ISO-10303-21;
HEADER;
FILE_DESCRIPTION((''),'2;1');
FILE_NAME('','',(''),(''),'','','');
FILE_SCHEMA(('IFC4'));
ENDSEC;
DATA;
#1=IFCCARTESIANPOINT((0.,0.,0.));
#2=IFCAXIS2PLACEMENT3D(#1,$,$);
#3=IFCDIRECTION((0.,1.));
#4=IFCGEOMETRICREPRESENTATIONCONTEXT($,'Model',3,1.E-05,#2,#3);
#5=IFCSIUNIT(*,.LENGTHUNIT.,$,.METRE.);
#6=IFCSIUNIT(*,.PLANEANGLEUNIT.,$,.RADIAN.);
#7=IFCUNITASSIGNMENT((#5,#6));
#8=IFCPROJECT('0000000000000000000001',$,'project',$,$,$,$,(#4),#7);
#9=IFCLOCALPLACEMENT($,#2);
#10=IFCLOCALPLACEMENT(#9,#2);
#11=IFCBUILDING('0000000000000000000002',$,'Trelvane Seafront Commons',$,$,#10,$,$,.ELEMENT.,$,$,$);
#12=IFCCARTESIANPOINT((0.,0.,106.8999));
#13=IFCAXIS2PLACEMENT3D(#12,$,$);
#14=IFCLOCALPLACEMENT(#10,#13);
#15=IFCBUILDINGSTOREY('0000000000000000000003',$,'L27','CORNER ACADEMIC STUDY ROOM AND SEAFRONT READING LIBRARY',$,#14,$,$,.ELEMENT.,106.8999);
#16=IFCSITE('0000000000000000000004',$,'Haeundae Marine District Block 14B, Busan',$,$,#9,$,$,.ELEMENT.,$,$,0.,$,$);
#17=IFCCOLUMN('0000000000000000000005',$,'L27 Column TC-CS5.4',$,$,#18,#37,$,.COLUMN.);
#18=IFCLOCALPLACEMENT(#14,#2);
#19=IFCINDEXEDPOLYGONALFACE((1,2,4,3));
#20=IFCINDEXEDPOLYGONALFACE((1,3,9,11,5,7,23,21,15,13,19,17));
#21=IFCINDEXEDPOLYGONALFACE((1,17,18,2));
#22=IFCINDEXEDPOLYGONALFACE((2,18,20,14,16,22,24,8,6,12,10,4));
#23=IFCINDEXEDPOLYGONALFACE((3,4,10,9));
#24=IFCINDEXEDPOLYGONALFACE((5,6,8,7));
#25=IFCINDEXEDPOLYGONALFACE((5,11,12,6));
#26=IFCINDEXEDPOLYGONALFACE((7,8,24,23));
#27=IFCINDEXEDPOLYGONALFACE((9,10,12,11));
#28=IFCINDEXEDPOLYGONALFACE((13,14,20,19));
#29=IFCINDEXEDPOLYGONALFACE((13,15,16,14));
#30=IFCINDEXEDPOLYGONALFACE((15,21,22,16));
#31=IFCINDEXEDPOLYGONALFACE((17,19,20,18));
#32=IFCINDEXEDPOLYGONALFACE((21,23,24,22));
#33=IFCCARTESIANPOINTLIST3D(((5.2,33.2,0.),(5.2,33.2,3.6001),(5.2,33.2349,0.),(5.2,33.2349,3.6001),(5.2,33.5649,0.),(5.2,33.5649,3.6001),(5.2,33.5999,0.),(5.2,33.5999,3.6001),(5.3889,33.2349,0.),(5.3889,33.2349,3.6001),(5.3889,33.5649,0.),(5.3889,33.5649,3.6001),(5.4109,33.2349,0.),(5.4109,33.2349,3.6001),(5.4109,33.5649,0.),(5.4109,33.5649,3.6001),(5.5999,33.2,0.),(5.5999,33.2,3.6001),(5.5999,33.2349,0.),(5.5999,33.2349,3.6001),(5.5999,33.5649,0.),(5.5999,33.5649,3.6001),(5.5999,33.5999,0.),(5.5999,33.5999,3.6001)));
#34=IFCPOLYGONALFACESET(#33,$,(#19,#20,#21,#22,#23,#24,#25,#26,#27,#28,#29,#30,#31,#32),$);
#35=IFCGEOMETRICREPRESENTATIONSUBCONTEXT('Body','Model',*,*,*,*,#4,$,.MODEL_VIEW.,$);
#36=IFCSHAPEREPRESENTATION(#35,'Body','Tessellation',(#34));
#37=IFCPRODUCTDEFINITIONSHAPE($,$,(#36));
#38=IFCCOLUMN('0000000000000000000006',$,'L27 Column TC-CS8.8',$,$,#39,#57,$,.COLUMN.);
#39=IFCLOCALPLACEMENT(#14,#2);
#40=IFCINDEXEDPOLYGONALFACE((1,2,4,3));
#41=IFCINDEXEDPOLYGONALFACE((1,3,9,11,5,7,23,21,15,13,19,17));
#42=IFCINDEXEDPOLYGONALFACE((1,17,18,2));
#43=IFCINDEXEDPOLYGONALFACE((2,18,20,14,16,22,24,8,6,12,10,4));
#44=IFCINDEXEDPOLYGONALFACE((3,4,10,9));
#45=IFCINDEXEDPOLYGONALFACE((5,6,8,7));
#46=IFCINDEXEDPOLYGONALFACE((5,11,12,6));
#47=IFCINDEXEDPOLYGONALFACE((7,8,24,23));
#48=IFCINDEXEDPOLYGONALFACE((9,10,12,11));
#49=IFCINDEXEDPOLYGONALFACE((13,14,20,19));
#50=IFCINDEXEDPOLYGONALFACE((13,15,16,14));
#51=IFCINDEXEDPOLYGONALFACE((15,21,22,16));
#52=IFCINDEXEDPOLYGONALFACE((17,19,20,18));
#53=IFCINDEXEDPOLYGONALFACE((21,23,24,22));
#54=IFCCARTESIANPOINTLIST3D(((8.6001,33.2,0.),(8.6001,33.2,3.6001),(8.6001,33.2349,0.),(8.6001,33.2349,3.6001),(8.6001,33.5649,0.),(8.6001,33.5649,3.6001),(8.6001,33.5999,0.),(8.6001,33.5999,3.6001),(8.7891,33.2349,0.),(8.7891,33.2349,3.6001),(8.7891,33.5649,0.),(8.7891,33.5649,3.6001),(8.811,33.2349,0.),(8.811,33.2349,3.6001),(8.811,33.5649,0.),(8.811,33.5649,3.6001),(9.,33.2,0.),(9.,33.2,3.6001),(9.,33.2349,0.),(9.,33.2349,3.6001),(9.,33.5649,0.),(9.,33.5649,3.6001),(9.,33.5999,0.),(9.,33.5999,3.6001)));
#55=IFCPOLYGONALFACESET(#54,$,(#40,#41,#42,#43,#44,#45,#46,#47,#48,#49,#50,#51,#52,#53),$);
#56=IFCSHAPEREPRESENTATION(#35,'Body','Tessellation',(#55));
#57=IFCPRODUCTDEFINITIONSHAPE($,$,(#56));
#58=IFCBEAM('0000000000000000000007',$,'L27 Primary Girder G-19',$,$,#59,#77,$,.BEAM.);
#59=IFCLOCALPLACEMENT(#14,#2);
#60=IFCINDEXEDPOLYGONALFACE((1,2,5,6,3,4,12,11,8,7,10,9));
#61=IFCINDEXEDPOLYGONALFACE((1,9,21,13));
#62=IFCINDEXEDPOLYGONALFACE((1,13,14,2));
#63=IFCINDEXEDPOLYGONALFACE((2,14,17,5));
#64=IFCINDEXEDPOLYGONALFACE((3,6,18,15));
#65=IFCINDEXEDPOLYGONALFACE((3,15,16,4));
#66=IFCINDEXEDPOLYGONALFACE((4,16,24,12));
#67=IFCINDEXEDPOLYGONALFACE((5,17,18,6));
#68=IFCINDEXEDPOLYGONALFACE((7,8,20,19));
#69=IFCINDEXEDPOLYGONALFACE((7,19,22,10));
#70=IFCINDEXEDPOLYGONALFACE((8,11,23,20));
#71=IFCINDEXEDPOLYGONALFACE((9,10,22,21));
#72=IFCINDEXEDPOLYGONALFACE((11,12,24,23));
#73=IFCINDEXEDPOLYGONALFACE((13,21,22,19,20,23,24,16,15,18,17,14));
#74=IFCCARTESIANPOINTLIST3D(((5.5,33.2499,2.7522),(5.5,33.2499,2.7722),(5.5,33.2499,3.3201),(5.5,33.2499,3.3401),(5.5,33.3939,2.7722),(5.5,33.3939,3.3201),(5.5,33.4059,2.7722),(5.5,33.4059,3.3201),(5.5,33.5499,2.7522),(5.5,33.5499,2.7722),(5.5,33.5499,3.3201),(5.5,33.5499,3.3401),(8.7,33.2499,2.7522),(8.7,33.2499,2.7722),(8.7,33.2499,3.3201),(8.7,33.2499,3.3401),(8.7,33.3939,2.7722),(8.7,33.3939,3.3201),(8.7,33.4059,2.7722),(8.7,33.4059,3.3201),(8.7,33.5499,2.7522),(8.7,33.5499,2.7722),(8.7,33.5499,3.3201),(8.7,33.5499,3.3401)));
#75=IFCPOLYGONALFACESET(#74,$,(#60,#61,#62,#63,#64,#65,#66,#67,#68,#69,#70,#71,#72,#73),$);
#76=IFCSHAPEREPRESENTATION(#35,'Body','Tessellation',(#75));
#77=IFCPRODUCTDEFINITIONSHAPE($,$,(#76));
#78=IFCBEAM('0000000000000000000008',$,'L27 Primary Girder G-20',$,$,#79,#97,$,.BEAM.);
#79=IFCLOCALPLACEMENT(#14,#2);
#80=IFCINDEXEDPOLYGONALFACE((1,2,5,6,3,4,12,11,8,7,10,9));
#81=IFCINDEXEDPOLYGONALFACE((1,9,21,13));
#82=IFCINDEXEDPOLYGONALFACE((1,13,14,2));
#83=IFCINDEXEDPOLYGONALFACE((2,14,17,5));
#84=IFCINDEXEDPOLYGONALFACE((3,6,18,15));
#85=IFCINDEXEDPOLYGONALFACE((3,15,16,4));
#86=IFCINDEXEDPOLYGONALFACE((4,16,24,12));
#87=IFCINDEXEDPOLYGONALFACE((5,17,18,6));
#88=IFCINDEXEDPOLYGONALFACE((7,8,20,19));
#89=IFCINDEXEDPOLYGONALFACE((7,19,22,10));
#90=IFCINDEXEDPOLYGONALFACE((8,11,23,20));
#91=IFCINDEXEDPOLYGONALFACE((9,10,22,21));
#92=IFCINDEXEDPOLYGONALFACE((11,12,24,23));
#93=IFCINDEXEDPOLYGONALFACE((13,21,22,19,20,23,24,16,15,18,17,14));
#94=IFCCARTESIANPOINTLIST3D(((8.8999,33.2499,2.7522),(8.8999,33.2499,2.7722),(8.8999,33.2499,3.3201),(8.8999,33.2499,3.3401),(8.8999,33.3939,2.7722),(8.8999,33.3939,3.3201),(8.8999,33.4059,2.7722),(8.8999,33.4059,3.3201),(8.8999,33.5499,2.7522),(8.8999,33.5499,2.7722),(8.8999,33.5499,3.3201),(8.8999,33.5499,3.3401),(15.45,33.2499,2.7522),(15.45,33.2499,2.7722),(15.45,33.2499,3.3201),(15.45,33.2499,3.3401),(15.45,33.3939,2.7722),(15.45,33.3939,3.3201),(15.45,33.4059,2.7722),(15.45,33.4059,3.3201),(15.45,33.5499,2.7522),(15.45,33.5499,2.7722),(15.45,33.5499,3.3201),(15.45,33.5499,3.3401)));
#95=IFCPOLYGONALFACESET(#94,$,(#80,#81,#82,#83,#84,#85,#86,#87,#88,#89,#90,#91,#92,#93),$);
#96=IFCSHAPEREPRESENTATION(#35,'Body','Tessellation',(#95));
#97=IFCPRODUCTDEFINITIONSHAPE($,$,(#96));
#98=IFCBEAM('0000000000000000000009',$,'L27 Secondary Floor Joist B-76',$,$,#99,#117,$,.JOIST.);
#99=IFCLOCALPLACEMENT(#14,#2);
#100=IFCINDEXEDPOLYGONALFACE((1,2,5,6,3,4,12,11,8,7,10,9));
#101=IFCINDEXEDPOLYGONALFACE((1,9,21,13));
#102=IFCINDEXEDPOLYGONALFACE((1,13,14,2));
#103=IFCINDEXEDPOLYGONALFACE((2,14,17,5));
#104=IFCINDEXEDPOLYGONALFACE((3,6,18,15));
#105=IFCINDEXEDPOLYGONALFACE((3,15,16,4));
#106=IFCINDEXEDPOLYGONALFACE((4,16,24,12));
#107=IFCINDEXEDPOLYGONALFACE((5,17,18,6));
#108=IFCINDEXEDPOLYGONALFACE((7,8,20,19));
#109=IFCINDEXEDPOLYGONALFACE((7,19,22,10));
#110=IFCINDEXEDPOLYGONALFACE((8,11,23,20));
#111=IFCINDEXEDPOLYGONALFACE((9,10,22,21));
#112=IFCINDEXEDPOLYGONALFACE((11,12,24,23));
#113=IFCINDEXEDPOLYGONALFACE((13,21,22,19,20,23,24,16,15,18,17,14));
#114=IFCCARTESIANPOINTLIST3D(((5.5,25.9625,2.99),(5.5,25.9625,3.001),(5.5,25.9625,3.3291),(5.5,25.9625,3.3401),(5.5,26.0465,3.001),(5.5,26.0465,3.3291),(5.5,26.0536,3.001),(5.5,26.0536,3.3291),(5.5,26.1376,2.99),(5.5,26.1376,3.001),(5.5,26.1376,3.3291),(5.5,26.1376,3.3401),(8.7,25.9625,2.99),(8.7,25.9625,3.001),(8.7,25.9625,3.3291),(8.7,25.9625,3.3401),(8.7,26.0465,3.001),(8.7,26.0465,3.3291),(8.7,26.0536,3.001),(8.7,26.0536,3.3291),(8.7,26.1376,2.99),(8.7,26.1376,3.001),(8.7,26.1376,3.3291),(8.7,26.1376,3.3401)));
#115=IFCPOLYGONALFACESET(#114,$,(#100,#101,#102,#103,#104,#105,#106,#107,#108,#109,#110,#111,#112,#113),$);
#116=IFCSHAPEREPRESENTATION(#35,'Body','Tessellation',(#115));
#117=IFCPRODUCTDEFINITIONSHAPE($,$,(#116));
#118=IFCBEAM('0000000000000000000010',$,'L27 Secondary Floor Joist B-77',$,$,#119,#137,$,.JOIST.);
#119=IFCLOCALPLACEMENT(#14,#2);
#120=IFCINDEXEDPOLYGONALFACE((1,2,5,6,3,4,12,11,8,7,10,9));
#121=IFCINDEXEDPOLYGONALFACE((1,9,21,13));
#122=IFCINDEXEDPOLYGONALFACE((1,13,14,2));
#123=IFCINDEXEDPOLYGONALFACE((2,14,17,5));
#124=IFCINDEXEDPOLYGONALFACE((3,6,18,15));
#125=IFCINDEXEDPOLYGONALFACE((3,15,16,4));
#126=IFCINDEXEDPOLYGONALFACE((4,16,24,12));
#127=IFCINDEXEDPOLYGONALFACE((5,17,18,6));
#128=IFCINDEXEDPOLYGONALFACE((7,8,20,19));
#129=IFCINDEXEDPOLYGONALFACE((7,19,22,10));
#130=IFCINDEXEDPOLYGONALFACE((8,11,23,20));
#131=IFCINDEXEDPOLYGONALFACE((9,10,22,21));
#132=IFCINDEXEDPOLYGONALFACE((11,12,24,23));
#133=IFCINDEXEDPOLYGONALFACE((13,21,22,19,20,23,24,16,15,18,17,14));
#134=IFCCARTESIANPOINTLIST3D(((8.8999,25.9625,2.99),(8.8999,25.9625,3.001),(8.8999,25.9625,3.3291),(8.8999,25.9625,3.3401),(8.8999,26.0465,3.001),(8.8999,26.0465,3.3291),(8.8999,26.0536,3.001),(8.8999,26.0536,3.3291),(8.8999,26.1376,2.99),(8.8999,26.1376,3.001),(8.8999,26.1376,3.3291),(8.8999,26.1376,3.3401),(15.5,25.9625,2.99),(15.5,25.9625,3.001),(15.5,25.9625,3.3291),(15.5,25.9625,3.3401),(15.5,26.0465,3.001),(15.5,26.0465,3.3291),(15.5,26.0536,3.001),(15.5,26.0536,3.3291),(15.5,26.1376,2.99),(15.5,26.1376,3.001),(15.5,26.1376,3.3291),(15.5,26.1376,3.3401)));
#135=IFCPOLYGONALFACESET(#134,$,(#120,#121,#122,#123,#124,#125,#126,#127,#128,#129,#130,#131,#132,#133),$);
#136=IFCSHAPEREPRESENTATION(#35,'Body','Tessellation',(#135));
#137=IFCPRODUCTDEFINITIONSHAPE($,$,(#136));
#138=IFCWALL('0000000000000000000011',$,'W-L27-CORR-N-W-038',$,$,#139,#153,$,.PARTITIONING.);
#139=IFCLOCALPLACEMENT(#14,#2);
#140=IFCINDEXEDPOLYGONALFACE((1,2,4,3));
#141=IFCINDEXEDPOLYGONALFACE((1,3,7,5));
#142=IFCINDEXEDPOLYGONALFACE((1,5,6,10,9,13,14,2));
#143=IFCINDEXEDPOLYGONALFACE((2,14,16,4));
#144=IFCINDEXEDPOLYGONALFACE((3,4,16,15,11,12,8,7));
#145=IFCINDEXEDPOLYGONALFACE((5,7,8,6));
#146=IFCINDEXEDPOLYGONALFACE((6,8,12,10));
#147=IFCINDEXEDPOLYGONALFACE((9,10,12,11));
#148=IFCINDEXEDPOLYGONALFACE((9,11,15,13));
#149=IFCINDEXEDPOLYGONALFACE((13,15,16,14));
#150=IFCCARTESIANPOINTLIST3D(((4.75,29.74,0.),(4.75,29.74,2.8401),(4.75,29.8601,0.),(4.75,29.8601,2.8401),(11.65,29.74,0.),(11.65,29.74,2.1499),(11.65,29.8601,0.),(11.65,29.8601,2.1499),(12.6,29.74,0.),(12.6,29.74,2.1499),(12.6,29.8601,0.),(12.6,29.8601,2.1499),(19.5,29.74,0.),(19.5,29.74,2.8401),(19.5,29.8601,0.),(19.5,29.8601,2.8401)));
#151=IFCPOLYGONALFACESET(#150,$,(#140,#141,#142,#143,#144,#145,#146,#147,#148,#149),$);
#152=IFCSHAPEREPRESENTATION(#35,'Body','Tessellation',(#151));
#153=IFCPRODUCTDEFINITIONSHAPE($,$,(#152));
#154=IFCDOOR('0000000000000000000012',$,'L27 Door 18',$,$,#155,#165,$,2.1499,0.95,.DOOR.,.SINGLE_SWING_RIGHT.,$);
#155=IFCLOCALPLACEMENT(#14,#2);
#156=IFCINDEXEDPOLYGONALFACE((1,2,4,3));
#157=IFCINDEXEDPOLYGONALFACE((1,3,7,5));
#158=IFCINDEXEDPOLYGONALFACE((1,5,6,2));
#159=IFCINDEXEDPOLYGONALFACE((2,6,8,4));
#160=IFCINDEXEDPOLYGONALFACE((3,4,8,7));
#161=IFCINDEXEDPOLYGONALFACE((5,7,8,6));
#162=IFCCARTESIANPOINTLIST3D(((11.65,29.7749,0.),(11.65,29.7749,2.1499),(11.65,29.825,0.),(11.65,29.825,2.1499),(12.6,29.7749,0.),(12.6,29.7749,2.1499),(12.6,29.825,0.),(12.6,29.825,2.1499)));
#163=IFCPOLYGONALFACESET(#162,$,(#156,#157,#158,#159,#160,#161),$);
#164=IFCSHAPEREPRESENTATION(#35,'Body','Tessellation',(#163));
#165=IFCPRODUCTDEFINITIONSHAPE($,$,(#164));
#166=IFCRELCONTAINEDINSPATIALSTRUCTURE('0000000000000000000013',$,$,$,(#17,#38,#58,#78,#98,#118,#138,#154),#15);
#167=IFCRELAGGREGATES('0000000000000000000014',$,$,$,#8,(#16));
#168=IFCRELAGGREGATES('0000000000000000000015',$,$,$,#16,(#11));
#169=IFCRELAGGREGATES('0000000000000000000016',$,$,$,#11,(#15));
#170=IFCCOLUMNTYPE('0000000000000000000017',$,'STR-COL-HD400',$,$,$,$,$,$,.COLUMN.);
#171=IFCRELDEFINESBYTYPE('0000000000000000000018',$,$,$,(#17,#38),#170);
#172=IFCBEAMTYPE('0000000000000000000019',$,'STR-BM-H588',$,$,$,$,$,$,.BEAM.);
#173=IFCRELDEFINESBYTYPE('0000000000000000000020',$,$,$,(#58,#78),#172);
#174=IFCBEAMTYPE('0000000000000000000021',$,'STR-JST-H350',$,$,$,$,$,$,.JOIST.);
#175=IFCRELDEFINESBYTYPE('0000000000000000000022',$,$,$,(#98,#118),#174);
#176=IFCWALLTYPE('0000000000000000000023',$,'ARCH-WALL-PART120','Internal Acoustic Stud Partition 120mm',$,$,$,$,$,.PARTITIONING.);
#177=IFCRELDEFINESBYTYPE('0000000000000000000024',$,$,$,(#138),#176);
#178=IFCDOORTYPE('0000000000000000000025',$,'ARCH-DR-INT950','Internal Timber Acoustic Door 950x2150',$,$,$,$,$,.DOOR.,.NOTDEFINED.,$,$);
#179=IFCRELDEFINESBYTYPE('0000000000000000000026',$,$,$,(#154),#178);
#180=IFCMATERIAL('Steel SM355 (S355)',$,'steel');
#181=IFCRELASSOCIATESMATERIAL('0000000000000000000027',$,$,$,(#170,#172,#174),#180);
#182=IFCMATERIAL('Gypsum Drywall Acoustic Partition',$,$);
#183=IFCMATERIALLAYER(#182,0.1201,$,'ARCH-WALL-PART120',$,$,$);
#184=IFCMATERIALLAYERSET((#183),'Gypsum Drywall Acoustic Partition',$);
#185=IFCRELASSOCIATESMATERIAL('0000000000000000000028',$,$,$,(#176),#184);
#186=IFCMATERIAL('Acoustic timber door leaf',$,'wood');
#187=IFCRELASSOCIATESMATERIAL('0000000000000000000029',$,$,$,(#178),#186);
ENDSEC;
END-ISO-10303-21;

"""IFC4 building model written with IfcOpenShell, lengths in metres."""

from ifc_helpers import new_model, si_unit, direction, frame, frame_2d, origin, origin_2d, place, context, subcontext, project, spatial, rectangle, i_section, extrude, source, transform, mapped, material, layer, layer_set, material_profile, profile_set, type_object, element, fill, save


model = new_model("IFC4")

# Units and contexts
model_context = context("Model", 3, precision=1e-05, world=origin(), true_north=direction((0.0, 1.0)))
body_context = subcontext(model_context, "Body", "Model", "MODEL_VIEW")
ifc_project = project(units=[si_unit("LENGTHUNIT", "METRE"), si_unit("PLANEANGLEUNIT", "RADIAN")], contexts=[model_context])

# Site, building, storey
site_placement = place(None, origin())
site = spatial("IfcSite", under=ifc_project, at=site_placement, Name="Haeundae Marine District Block 14B, Busan", CompositionType="ELEMENT", RefElevation=0.0)
building_placement = place(site_placement, origin())
building = spatial("IfcBuilding", under=site, at=building_placement, Name="Trelvane Seafront Commons", CompositionType="ELEMENT")
storey_placement = place(building_placement, frame((0.0, 0.0, 106.8999)))
storey = spatial("IfcBuildingStorey", under=building, at=storey_placement, Name="L27", Description="CORNER ACADEMIC STUDY ROOM AND SEAFRONT READING LIBRARY", CompositionType="ELEMENT", Elevation=106.8999)

# Columns
ifc_material_1 = material(Name="Steel SM355 (S355)", Category="steel")
ifc_material_profile_1 = material_profile(ifc_material_1, i_section(OverallWidth=0.3999, OverallDepth=0.3999, WebThickness=0.022, FlangeThickness=0.0349, at=origin_2d()), Name="HD-400x400x22x35")
ifc_profile_set_1 = profile_set([ifc_material_profile_1], Name="Steel SM355 (S355)")
column_type = type_object("IfcColumnType", Name="STR-COL-HD400", PredefinedType="COLUMN", material=ifc_profile_set_1)
shared_shape_1 = source(origin(), body_context, "Body", "SweptSolid", [
    extrude(i_section(OverallWidth=0.3999, OverallDepth=0.3999, WebThickness=0.022, FlangeThickness=0.0349, at=origin_2d()), origin(), (0.0, 0.0, 1.0), 3.6001),
])
for number, where, z_axis, x_axis, name in (
    (1, (5.3999, 33.3999, 0.0), (0.0, 0.0, 1.0), (1.0, 0.0, 0.0), "L27 Column TC-CS5.4"),
    (2, (8.8, 33.3999, 0.0), (0.0, 0.0, 1.0), (1.0, 0.0, 0.0), "L27 Column TC-CS8.8"),
):
    element("IfcColumn", number, at=place(storey_placement, frame(where, z_axis=z_axis, x_axis=x_axis)), inside=storey, type_object=column_type, Name=name, PredefinedType="COLUMN", context=body_context, shape_type="MappedRepresentation", body=[
        mapped(shared_shape_1, transform((0.0, 0.0, 0.0), x_axis=(1.0, 0.0, 0.0), y_axis=(0.0, 1.0, 0.0), z_axis=(0.0, 0.0, 1.0), scale=1.0)),
    ])

# Beams
ifc_material_profile_2 = material_profile(ifc_material_1, i_section(OverallWidth=0.3, OverallDepth=0.5879, WebThickness=0.012, FlangeThickness=0.02, at=origin_2d()), Name="H-588x300x12x20")
ifc_profile_set_2 = profile_set([ifc_material_profile_2], Name="Steel SM355 (S355)")
beam_type_1 = type_object("IfcBeamType", Name="STR-BM-H588", PredefinedType="BEAM", material=ifc_profile_set_2)
shared_shape_2 = source(origin(), body_context, "Body", "SweptSolid", [
    extrude(i_section(OverallWidth=0.3, OverallDepth=0.5879, WebThickness=0.012, FlangeThickness=0.02, at=origin_2d()), origin(), (0.0, 0.0, 1.0), 3.2),
])
beam_1_placement = place(storey_placement, frame((5.5, 33.3999, 3.0461), z_axis=(1.0, 0.0, 0.0), x_axis=(0.0, 1.0, 0.0)))
element("IfcBeam", 3, at=beam_1_placement, inside=storey, type_object=beam_type_1, Name="L27 Primary Girder G-19", PredefinedType="BEAM", context=body_context, shape_type="MappedRepresentation", body=[
    mapped(shared_shape_2, transform((0.0, 0.0, 0.0), x_axis=(1.0, 0.0, 0.0), y_axis=(0.0, 1.0, 0.0), z_axis=(0.0, 0.0, 1.0), scale=1.0)),
])
shared_shape_3 = source(origin(), body_context, "Body", "SweptSolid", [
    extrude(i_section(OverallWidth=0.3, OverallDepth=0.5879, WebThickness=0.012, FlangeThickness=0.02, at=origin_2d()), origin(), (0.0, 0.0, 1.0), 6.55),
])
beam_2_placement = place(storey_placement, frame((8.8999, 33.3999, 3.0461), z_axis=(1.0, 0.0, 0.0), x_axis=(0.0, 1.0, 0.0)))
element("IfcBeam", 4, at=beam_2_placement, inside=storey, type_object=beam_type_1, Name="L27 Primary Girder G-20", PredefinedType="BEAM", context=body_context, shape_type="MappedRepresentation", body=[
    mapped(shared_shape_3, transform((0.0, 0.0, 0.0), x_axis=(1.0, 0.0, 0.0), y_axis=(0.0, 1.0, 0.0), z_axis=(0.0, 0.0, 1.0), scale=1.0)),
])
ifc_material_profile_3 = material_profile(ifc_material_1, i_section(OverallWidth=0.175, OverallDepth=0.3501, WebThickness=0.0071, FlangeThickness=0.011, at=origin_2d()), Name="H-350x175x7x11")
ifc_profile_set_3 = profile_set([ifc_material_profile_3], Name="Steel SM355 (S355)")
beam_type_2 = type_object("IfcBeamType", Name="STR-JST-H350", PredefinedType="JOIST", material=ifc_profile_set_3)
shared_shape_4 = source(origin(), body_context, "Body", "SweptSolid", [
    extrude(i_section(OverallWidth=0.175, OverallDepth=0.3501, WebThickness=0.0071, FlangeThickness=0.011, at=origin_2d()), origin(), (0.0, 0.0, 1.0), 3.2),
])
beam_3_placement = place(storey_placement, frame((5.5, 26.05, 3.165), z_axis=(1.0, 0.0, 0.0), x_axis=(0.0, 1.0, 0.0)))
element("IfcBeam", 5, at=beam_3_placement, inside=storey, type_object=beam_type_2, Name="L27 Secondary Floor Joist B-76", PredefinedType="JOIST", context=body_context, shape_type="MappedRepresentation", body=[
    mapped(shared_shape_4, transform((0.0, 0.0, 0.0), x_axis=(1.0, 0.0, 0.0), y_axis=(0.0, 1.0, 0.0), z_axis=(0.0, 0.0, 1.0), scale=1.0)),
])
shared_shape_5 = source(origin(), body_context, "Body", "SweptSolid", [
    extrude(i_section(OverallWidth=0.175, OverallDepth=0.3501, WebThickness=0.0071, FlangeThickness=0.011, at=origin_2d()), origin(), (0.0, 0.0, 1.0), 6.6001),
])
beam_4_placement = place(storey_placement, frame((8.8999, 26.05, 3.165), z_axis=(1.0, 0.0, 0.0), x_axis=(0.0, 1.0, 0.0)))
element("IfcBeam", 6, at=beam_4_placement, inside=storey, type_object=beam_type_2, Name="L27 Secondary Floor Joist B-77", PredefinedType="JOIST", context=body_context, shape_type="MappedRepresentation", body=[
    mapped(shared_shape_5, transform((0.0, 0.0, 0.0), x_axis=(1.0, 0.0, 0.0), y_axis=(0.0, 1.0, 0.0), z_axis=(0.0, 0.0, 1.0), scale=1.0)),
])

# Wall, opening, door
ifc_material_2 = material(Name="Gypsum Drywall Acoustic Partition")
ifc_layer_1 = layer(ifc_material_2, 0.1201, Name="ARCH-WALL-PART120")
ifc_layer_set_1 = layer_set([ifc_layer_1], Name="Gypsum Drywall Acoustic Partition")
wall_type_1 = type_object("IfcWallType", Name="ARCH-WALL-PART120", Description="Internal Acoustic Stud Partition 120mm", PredefinedType="PARTITIONING", material=ifc_layer_set_1)
wall_1_placement = place(storey_placement, frame((4.75, 29.8, 0.0), z_axis=(0.0, 0.0, 1.0), x_axis=(1.0, 0.0, 0.0)))
wall_1 = element("IfcWall", 7, at=wall_1_placement, inside=storey, type_object=wall_type_1, Name="W-L27-CORR-N-W-038", PredefinedType="PARTITIONING", context=body_context, shape_type="SweptSolid", body=[
    extrude(rectangle(XDim=14.75, YDim=0.1201, at=frame_2d((7.375, 0.0))), origin(), (0.0, 0.0, 1.0), 2.8401),
])
opening_1_placement = place(wall_1_placement, frame((6.8999, 0.0, 0.0)))
opening_1 = element("IfcOpeningElement", 8, at=opening_1_placement, cuts=wall_1, PredefinedType="OPENING", context=body_context, shape_type="SweptSolid", body=[
    extrude(rectangle(XDim=0.95, YDim=2.1499, at=frame_2d((0.4751, 1.075))), frame((0.0, 0.0701, 0.0), z_axis=(0.0, -1.0, 0.0), x_axis=(1.0, 0.0, 0.0)), (0.0, 0.0, 1.0), 0.1401),
])
ifc_material_3 = material(Name="Acoustic timber door leaf", Category="wood")
door_type_1 = type_object("IfcDoorType", Name="ARCH-DR-INT950", Description="Internal Timber Acoustic Door 950x2150", OperationType="NOTDEFINED", PredefinedType="DOOR", material=ifc_material_3)
shared_shape_6 = source(origin(), body_context, "Body", "SweptSolid", [
    extrude(rectangle(XDim=0.95, YDim=2.1499, at=frame_2d((0.4751, 1.075))), frame((0.0, 0.0249, 0.0), z_axis=(0.0, -1.0, 0.0), x_axis=(1.0, 0.0, 0.0)), (0.0, 0.0, 1.0), 0.05),
])
door_1_placement = place(opening_1_placement, origin())
door_1 = element("IfcDoor", 9, at=door_1_placement, inside=storey, type_object=door_type_1, Name="L27 Door 18", OperationType="SINGLE_SWING_RIGHT", OverallHeight=2.1499, OverallWidth=0.95, PredefinedType="DOOR", context=body_context, shape_type="MappedRepresentation", body=[
    mapped(shared_shape_6, transform((0.0, 0.0, 0.0), x_axis=(1.0, 0.0, 0.0), y_axis=(0.0, 1.0, 0.0), z_axis=(0.0, 0.0, 1.0), scale=1.0)),
])
fill(opening_1, door_1)

save(model, "model.ifc")
